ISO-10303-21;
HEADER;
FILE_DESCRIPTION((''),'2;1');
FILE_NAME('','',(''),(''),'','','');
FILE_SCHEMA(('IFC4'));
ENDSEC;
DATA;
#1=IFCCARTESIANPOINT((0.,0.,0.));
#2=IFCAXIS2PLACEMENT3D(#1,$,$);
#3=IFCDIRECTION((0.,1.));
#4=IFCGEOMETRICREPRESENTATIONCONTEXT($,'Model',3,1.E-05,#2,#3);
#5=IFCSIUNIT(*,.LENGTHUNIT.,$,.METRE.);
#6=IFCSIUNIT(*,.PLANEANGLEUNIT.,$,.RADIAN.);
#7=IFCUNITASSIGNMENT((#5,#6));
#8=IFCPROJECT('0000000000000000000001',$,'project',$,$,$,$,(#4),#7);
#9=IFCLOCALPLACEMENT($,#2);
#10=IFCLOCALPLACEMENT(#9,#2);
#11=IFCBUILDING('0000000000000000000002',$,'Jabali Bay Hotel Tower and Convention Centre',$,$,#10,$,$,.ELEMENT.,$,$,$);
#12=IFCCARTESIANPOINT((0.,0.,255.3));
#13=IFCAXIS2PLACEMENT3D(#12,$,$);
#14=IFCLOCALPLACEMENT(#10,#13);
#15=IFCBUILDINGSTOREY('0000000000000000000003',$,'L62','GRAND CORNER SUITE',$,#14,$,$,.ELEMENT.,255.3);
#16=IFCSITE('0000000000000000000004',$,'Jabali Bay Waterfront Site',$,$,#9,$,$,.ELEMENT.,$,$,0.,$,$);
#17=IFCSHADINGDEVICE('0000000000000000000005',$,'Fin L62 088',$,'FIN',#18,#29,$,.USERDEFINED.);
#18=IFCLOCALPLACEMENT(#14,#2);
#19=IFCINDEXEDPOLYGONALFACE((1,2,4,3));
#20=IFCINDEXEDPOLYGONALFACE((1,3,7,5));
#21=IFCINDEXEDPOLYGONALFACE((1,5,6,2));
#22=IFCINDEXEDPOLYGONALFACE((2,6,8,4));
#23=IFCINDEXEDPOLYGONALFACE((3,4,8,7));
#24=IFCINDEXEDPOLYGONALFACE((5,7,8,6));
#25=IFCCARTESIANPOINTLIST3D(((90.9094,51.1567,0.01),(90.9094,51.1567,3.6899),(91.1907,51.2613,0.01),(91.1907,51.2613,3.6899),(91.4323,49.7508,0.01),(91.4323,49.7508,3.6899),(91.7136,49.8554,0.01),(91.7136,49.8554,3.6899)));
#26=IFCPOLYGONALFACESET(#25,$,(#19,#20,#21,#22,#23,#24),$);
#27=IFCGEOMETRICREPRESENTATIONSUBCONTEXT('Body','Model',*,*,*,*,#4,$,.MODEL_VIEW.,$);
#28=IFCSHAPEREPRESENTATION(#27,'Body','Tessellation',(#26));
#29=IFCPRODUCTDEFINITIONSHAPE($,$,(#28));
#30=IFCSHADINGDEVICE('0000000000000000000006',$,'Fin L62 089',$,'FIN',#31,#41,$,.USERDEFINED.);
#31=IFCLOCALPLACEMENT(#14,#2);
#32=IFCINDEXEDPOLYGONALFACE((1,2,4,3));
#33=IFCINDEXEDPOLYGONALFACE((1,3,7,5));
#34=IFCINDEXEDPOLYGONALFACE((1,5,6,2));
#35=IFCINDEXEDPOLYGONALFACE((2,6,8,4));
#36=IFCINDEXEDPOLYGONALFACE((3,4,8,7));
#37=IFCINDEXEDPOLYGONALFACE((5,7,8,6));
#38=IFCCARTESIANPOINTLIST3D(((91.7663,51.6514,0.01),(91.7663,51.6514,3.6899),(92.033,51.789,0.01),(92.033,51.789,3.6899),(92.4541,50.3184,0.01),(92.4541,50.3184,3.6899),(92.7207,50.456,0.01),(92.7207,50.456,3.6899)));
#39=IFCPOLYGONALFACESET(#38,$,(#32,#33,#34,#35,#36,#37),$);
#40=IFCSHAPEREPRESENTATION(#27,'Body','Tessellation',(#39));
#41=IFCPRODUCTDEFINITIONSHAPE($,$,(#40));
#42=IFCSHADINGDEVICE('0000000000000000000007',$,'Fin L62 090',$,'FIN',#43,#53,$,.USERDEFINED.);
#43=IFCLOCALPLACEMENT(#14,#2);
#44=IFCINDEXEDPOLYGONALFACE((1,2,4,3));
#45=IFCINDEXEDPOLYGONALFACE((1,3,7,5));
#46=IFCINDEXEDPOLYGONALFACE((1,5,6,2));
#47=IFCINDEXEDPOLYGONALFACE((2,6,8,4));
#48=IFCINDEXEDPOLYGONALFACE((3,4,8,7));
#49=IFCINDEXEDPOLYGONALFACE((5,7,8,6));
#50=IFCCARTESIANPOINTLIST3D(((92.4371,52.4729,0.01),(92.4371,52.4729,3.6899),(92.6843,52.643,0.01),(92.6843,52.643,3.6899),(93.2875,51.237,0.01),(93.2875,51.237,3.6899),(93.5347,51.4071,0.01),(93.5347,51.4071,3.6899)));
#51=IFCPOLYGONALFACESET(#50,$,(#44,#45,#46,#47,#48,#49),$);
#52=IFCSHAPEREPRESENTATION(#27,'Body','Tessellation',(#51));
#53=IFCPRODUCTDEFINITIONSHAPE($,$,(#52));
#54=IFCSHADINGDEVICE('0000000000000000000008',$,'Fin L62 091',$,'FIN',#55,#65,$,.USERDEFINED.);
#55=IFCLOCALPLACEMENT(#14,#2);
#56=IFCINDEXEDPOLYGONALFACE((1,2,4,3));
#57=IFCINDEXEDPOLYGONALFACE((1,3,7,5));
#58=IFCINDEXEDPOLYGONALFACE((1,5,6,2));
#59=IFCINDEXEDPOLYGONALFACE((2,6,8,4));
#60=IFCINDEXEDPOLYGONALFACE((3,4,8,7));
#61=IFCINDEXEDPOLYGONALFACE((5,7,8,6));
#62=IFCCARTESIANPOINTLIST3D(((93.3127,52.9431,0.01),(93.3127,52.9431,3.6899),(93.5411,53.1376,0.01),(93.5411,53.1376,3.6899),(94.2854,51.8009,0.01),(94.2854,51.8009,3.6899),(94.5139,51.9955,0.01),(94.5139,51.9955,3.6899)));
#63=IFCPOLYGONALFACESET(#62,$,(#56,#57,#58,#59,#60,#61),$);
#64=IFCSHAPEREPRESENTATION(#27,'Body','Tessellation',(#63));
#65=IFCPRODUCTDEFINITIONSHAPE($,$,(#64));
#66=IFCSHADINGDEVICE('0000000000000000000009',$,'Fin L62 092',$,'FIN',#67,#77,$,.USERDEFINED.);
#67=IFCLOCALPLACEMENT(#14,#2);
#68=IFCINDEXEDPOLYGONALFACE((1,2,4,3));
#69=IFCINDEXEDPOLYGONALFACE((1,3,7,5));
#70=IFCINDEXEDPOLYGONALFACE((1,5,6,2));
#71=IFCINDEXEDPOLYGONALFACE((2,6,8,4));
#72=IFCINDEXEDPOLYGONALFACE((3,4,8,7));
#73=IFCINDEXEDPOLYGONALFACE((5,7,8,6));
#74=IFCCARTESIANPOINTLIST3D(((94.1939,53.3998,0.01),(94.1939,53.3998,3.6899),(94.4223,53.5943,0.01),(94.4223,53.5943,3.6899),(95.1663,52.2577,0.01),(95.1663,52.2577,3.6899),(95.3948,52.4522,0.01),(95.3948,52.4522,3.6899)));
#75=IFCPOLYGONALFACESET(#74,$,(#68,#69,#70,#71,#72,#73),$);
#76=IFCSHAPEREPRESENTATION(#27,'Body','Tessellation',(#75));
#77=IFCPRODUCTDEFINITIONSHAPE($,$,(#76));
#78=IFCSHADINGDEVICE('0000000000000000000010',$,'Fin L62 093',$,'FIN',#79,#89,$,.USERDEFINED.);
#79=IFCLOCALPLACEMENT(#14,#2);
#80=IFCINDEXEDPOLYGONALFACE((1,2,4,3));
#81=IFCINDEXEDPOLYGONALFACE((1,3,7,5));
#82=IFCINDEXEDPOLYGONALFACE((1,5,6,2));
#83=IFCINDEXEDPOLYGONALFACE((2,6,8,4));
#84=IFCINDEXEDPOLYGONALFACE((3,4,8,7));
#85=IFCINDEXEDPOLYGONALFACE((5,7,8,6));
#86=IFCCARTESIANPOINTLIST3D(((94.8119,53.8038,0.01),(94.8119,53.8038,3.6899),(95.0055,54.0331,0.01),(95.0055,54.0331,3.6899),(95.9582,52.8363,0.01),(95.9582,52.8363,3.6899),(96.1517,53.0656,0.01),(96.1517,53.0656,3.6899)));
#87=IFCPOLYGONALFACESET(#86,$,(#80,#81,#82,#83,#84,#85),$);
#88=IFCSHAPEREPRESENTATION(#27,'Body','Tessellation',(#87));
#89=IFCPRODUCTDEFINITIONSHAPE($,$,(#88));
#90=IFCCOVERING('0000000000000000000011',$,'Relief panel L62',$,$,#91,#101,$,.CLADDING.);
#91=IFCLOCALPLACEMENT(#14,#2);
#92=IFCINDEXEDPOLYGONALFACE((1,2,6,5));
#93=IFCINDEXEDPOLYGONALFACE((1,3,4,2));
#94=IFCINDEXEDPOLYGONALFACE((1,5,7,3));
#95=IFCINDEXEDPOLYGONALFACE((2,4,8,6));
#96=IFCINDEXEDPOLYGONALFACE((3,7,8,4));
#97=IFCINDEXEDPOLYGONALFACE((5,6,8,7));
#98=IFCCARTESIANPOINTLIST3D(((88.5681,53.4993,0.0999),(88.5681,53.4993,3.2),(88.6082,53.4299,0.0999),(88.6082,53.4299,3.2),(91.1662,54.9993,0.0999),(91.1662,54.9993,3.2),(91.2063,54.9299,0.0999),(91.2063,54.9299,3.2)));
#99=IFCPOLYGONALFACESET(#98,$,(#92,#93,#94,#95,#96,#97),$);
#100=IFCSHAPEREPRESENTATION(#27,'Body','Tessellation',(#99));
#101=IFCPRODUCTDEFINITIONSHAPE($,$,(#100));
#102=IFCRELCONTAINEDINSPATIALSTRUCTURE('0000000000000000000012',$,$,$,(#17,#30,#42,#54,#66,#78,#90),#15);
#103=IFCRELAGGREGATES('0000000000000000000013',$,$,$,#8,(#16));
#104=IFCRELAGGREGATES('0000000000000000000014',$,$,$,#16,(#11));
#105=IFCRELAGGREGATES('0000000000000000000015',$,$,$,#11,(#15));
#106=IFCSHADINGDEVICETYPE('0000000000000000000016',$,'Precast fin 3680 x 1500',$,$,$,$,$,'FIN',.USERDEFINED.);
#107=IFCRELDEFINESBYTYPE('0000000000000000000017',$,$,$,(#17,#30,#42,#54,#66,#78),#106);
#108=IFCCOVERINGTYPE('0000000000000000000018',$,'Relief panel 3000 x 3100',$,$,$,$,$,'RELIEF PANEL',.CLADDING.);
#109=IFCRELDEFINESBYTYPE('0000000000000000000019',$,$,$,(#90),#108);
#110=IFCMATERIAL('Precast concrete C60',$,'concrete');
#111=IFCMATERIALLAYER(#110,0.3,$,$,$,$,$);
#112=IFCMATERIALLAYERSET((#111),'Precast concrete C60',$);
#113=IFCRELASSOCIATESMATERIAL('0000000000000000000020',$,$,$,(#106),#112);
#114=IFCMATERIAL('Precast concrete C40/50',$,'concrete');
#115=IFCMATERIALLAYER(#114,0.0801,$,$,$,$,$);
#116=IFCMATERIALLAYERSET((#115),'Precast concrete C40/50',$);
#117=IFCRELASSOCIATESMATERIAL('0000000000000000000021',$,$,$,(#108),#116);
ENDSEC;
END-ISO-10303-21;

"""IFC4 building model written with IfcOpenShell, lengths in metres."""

from ifc_helpers import new_model, si_unit, direction, frame, frame_2d, origin, origin_2d, place, context, subcontext, project, spatial, rectangle, extrude, material, layer, layer_set, type_object, element, save


model = new_model("IFC4")

# Units and contexts
model_context = context("Model", 3, precision=1e-05, world=origin(), true_north=direction((0.0, 1.0)))
body_context = subcontext(model_context, "Body", "Model", "MODEL_VIEW")
ifc_project = project(units=[si_unit("LENGTHUNIT", "METRE"), si_unit("PLANEANGLEUNIT", "RADIAN")], contexts=[model_context])

# Site, building, storey
site_placement = place(None, origin())
site = spatial("IfcSite", under=ifc_project, at=site_placement, Name="Jabali Bay Waterfront Site", CompositionType="ELEMENT", RefElevation=0.0)
building_placement = place(site_placement, origin())
building = spatial("IfcBuilding", under=site, at=building_placement, Name="Jabali Bay Hotel Tower and Convention Centre", CompositionType="ELEMENT")
storey_placement = place(building_placement, frame((0.0, 0.0, 255.3)))
storey = spatial("IfcBuildingStorey", under=building, at=storey_placement, Name="L62", Description="GRAND CORNER SUITE", CompositionType="ELEMENT", Elevation=255.3)

# Shading devices
ifc_material_1 = material(Name="Precast concrete C60", Category="concrete")
ifc_layer_1 = layer(ifc_material_1, 0.3)
ifc_layer_set_1 = layer_set([ifc_layer_1], Name="Precast concrete C60")
shading_device_type_1 = type_object("IfcShadingDeviceType", Name="Precast fin 3680 x 1500", ElementType="FIN", PredefinedType="USERDEFINED", material=ifc_layer_set_1)
for number, where, z_axis, x_axis, name in (
    (1, (91.05, 51.209, 0.01), (0.0, 0.0, 1.0), (0.348607, -0.937269, 0.0), "Fin L62 088"),
    (2, (91.8997, 51.7202, 0.01), (0.0, 0.0, 1.0), (0.458506, -0.888691, 0.0), "Fin L62 089"),
):
    element("IfcShadingDevice", number, at=place(storey_placement, frame(where, z_axis=z_axis, x_axis=x_axis)), inside=storey, type_object=shading_device_type_1, Name=name, ObjectType="FIN", PredefinedType="USERDEFINED", context=body_context, shape_type="SweptSolid", body=[
        extrude(rectangle(XDim=1.5, YDim=0.3, at=frame_2d((0.75, 0.0))), origin(), (0.0, 0.0, 1.0), 3.6799),
    ])
for number, where, z_axis, x_axis, name in (
    (3, (92.5608, 52.5579, 0.01), (0.0, 0.0, 1.0), (0.566847, -0.823823, 0.0), "Fin L62 090"),
    (4, (93.427, 53.0403, 0.01), (0.0, 0.0, 1.0), (0.648376, -0.761321, 0.0), "Fin L62 091"),
):
    element("IfcShadingDevice", number, at=place(storey_placement, frame(where, z_axis=z_axis, x_axis=x_axis)), inside=storey, type_object=shading_device_type_1, Name=name, ObjectType="FIN", PredefinedType="USERDEFINED", context=body_context, shape_type="SweptSolid", body=[
        extrude(rectangle(XDim=1.5002, YDim=0.3, at=frame_2d((0.75, 0.0))), origin(), (0.0, 0.0, 1.0), 3.6799),
    ])
for number, where, z_axis, x_axis, name in (
    (5, (94.3081, 53.4971, 0.01), (0.0, 0.0, 1.0), (0.648281, -0.761401, 0.0), "Fin L62 092"),
    (6, (94.9087, 53.9185, 0.01), (0.0, 0.0, 1.0), (0.764164, -0.645022, 0.0), "Fin L62 093"),
):
    element("IfcShadingDevice", number, at=place(storey_placement, frame(where, z_axis=z_axis, x_axis=x_axis)), inside=storey, type_object=shading_device_type_1, Name=name, ObjectType="FIN", PredefinedType="USERDEFINED", context=body_context, shape_type="SweptSolid", body=[
        extrude(rectangle(XDim=1.5, YDim=0.3, at=frame_2d((0.75, 0.0))), origin(), (0.0, 0.0, 1.0), 3.6799),
    ])

# Covering
ifc_material_2 = material(Name="Precast concrete C40/50", Category="concrete")
ifc_layer_2 = layer(ifc_material_2, 0.0801)
ifc_layer_set_2 = layer_set([ifc_layer_2], Name="Precast concrete C40/50")
covering_type = type_object("IfcCoveringType", Name="Relief panel 3000 x 3100", ElementType="RELIEF PANEL", PredefinedType="CLADDING", material=ifc_layer_set_2)
covering_placement = place(storey_placement, frame((89.8872, 54.2146, 0.0999), z_axis=(0.0, 0.0, 1.0), x_axis=(-0.866025, -0.5, 0.0)))
element("IfcCovering", 7, at=covering_placement, inside=storey, type_object=covering_type, Name="Relief panel L62", PredefinedType="CLADDING", context=body_context, shape_type="SweptSolid", body=[
    extrude(rectangle(XDim=3.0, YDim=0.0801, at=origin_2d()), origin(), (0.0, 0.0, 1.0), 3.1001),
])

save(model, "model.ifc")
